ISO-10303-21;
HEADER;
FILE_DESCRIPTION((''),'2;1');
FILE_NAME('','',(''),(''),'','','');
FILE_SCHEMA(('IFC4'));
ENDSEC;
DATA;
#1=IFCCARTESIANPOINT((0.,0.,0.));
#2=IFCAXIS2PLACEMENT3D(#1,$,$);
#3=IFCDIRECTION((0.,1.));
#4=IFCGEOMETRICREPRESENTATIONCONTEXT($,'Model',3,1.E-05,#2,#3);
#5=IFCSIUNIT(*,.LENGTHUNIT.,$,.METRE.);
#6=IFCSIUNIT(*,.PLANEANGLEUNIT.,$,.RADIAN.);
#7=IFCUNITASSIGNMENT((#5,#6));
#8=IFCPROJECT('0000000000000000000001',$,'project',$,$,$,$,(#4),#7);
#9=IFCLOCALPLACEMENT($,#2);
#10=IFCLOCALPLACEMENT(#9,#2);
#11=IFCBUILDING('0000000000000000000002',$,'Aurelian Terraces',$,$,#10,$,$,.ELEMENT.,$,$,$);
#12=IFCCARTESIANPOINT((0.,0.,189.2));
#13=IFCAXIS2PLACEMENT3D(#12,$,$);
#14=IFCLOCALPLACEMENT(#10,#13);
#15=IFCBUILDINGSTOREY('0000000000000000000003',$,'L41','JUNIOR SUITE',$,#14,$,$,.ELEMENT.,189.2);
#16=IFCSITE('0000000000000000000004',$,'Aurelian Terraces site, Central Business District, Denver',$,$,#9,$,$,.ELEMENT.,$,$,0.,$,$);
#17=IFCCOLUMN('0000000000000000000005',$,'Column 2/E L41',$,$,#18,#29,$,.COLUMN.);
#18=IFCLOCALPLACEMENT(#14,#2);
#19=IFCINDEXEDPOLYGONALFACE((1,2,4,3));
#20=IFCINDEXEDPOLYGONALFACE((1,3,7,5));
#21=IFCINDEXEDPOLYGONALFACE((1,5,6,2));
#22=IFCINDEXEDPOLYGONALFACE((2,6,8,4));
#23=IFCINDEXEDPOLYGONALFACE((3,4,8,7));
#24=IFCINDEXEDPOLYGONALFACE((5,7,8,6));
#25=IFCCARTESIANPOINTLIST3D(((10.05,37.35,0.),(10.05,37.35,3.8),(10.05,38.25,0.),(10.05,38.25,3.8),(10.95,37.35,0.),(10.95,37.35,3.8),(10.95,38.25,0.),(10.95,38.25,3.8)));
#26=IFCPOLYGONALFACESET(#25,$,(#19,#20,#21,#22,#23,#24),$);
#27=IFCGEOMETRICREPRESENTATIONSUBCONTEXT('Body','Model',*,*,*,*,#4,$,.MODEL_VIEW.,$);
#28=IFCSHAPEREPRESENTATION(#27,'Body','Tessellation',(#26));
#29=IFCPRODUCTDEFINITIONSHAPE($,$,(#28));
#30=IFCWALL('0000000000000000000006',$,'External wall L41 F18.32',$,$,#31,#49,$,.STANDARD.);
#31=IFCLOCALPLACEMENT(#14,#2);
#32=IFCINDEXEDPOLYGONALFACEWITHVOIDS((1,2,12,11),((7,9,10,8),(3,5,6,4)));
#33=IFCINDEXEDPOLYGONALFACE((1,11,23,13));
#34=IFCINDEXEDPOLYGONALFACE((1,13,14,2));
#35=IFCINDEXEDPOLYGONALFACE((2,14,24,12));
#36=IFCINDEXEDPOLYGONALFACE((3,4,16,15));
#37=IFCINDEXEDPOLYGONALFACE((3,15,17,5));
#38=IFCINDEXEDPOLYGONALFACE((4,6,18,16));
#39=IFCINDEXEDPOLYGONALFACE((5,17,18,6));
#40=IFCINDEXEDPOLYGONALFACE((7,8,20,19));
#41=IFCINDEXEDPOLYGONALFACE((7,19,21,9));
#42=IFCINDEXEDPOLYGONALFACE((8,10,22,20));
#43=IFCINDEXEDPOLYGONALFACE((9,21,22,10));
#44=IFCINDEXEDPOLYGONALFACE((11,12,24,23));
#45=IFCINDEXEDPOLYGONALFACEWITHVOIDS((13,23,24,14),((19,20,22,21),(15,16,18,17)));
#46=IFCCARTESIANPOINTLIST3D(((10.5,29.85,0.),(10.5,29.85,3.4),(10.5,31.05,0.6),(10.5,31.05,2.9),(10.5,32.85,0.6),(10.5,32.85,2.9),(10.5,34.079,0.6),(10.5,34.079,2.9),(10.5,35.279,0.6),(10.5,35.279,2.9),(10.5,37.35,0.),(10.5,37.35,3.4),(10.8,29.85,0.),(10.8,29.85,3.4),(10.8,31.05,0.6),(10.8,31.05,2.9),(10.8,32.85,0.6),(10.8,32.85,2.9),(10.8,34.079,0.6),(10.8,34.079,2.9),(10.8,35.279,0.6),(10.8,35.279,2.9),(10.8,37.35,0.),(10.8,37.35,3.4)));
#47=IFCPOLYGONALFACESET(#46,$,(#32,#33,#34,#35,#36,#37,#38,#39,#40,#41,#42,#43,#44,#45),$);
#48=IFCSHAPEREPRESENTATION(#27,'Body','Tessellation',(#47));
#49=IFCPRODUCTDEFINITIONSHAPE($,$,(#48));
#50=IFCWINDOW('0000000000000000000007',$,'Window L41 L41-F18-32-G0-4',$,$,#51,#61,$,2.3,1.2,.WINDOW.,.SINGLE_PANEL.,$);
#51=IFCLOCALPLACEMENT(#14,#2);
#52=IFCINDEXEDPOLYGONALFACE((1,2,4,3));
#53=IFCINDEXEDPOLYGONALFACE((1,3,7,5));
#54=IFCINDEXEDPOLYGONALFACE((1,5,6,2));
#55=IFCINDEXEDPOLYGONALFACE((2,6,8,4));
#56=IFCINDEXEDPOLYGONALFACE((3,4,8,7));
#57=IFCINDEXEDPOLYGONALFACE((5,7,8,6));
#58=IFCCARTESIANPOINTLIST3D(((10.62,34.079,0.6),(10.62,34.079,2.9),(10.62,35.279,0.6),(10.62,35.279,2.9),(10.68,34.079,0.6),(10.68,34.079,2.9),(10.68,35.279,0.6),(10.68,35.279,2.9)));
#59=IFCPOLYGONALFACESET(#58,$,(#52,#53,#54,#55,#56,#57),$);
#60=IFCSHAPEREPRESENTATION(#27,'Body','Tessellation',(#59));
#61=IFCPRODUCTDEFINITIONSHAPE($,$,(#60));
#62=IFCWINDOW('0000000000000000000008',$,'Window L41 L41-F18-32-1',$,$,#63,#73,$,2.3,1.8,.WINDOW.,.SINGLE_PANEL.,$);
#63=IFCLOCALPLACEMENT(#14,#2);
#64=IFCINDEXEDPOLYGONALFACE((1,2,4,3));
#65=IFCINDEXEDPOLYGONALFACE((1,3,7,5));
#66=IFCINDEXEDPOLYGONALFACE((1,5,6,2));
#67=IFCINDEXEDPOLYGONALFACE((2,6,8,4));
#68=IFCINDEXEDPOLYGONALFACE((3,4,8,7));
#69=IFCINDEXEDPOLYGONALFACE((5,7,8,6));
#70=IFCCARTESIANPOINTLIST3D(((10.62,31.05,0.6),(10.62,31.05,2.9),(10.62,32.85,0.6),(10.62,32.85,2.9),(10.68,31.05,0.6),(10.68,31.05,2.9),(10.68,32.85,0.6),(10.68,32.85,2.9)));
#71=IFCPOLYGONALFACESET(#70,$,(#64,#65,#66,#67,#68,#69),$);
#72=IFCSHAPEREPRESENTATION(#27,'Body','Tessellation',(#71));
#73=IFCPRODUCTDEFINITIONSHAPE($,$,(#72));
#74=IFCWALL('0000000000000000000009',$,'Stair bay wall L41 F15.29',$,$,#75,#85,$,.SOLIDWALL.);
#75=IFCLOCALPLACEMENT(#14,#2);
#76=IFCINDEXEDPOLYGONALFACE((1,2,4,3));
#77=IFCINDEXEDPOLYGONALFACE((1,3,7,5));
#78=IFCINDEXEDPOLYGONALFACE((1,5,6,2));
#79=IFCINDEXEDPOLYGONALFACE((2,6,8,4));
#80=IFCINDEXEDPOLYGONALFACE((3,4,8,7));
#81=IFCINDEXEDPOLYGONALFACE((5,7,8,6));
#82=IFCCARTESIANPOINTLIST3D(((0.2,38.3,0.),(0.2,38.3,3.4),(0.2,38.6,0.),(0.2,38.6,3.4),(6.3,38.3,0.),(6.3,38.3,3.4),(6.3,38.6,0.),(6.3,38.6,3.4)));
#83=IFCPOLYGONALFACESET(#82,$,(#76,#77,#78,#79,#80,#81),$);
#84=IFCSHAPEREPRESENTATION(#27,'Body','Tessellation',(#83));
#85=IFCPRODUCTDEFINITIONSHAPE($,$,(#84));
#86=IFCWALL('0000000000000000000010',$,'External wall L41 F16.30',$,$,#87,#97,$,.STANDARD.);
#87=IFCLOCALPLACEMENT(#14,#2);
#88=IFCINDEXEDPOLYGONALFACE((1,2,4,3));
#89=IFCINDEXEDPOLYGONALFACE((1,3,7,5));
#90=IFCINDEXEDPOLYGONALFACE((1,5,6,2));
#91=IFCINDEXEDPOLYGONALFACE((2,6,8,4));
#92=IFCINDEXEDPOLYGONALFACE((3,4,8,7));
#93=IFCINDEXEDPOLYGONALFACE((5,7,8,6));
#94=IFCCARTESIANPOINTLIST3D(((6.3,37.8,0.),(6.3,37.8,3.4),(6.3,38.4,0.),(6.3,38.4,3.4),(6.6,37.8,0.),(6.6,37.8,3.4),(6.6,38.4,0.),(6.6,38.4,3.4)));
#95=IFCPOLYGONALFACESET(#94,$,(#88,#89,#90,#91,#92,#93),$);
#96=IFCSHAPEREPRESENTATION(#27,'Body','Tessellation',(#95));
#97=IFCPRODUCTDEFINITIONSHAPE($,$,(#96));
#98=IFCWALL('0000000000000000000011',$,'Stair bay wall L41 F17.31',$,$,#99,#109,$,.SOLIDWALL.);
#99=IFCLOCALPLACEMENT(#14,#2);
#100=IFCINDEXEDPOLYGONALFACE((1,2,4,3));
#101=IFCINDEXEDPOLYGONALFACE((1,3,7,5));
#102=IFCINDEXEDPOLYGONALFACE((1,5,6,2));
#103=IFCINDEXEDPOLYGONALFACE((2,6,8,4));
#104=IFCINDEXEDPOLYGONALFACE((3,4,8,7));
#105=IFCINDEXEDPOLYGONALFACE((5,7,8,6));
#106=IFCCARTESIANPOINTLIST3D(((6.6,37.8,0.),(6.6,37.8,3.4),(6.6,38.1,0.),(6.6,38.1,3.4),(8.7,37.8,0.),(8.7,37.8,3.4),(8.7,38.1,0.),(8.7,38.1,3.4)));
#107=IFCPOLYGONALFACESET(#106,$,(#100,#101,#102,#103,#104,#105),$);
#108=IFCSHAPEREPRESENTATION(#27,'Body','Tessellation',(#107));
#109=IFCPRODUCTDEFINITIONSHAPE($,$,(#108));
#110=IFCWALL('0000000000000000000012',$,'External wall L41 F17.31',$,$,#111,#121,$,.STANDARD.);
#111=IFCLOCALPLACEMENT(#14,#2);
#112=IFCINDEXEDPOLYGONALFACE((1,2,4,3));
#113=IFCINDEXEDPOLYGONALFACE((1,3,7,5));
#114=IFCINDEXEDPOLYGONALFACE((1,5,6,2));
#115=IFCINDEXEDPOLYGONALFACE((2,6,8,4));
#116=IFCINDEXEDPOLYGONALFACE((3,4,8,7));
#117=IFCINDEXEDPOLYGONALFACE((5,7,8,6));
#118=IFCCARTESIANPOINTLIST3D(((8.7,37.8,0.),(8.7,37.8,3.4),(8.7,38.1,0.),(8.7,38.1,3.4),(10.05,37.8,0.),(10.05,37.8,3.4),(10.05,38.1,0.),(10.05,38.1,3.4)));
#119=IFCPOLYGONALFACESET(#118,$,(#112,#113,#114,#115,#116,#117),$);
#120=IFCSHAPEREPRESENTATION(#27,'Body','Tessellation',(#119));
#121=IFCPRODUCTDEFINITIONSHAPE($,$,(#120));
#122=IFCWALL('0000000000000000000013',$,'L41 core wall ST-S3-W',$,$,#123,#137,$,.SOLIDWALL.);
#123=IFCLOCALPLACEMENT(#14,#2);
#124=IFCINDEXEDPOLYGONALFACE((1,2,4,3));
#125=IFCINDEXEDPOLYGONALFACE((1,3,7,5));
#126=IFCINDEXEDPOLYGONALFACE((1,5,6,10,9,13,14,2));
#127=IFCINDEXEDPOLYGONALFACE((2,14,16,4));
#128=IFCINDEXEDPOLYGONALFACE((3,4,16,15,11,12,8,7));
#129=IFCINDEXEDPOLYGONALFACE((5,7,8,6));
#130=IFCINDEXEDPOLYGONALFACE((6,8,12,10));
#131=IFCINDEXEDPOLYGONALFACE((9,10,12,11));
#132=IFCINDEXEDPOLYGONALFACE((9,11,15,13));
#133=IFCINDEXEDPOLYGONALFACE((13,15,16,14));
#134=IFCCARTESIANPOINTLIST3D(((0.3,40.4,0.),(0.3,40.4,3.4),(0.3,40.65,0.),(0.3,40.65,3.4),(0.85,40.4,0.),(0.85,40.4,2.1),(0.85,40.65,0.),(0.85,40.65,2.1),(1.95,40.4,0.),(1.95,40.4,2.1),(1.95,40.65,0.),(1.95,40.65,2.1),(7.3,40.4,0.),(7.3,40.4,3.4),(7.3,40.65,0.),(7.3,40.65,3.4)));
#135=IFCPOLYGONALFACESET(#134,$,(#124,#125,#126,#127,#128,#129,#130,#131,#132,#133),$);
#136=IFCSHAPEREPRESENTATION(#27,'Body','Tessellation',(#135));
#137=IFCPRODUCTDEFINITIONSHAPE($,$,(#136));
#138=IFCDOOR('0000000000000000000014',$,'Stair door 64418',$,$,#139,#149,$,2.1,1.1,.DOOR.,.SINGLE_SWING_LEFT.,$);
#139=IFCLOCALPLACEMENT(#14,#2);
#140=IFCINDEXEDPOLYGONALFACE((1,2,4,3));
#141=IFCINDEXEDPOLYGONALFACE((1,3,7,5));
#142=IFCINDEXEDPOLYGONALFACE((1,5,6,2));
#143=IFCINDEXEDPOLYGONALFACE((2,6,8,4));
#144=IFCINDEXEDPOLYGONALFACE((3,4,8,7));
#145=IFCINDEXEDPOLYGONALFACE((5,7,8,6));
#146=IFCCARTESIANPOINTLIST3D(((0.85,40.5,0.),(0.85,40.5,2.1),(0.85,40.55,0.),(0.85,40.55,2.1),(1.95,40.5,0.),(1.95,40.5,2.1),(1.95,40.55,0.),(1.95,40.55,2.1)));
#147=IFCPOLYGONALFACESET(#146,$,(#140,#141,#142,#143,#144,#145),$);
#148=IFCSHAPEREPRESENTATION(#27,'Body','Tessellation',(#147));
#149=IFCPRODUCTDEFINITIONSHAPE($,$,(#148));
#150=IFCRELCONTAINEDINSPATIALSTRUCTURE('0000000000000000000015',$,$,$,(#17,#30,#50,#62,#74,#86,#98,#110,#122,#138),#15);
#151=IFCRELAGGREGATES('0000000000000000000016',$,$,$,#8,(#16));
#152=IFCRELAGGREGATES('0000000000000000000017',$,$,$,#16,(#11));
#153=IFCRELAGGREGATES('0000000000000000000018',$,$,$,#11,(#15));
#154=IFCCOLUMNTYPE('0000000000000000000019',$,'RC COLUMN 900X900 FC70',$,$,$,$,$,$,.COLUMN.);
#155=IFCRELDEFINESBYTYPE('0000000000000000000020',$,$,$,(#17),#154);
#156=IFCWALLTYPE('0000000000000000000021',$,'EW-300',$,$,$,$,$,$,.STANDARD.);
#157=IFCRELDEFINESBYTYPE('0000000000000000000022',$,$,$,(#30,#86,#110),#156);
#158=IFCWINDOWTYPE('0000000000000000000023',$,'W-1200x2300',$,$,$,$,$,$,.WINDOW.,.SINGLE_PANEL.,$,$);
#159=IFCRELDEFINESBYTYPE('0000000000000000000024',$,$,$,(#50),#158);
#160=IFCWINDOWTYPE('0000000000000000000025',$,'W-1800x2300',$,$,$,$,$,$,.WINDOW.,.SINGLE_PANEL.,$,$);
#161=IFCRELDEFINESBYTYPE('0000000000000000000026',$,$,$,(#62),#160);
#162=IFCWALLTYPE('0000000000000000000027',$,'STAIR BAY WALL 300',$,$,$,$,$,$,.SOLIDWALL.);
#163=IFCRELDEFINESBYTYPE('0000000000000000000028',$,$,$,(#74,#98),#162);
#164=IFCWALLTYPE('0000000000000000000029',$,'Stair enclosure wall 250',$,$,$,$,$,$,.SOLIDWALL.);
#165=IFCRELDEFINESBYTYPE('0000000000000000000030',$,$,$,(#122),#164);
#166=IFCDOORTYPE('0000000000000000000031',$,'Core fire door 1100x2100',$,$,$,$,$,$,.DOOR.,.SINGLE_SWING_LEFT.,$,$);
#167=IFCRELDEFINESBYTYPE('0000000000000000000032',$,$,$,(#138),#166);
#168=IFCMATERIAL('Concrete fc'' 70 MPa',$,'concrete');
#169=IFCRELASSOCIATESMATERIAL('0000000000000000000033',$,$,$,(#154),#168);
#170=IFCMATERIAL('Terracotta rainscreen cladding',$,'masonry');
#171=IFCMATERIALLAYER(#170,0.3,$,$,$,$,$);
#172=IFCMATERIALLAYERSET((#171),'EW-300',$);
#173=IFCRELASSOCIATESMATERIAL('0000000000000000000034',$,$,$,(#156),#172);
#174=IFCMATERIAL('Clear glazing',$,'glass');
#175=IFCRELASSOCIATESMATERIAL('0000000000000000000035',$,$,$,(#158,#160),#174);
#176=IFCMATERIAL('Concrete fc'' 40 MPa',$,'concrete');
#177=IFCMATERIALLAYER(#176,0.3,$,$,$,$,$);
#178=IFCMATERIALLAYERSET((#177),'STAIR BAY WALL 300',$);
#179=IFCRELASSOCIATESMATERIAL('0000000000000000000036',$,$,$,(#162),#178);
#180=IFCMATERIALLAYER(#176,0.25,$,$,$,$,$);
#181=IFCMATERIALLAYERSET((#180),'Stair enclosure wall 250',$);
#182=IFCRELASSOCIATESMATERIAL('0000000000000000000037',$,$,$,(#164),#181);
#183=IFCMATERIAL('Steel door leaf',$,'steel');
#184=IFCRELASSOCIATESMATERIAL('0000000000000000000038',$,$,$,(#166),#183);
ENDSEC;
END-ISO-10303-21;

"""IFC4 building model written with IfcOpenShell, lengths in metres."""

from ifc_helpers import new_model, si_unit, direction, frame, frame_2d, origin, origin_2d, place, context, subcontext, project, spatial, rectangle, extrude, source, transform, mapped, material, layer, layer_set, material_profile, profile_set, type_object, element, fill, save


model = new_model("IFC4")

# Units and contexts
model_context = context("Model", 3, precision=1e-05, world=origin(), true_north=direction((0.0, 1.0)))
body_context = subcontext(model_context, "Body", "Model", "MODEL_VIEW")
ifc_project = project(units=[si_unit("LENGTHUNIT", "METRE"), si_unit("PLANEANGLEUNIT", "RADIAN")], contexts=[model_context])

# Site, building, storey
site_placement = place(None, origin())
site = spatial("IfcSite", under=ifc_project, at=site_placement, Name="Aurelian Terraces site, Central Business District, Denver", CompositionType="ELEMENT", RefElevation=0.0)
building_placement = place(site_placement, origin())
building = spatial("IfcBuilding", under=site, at=building_placement, Name="Aurelian Terraces", CompositionType="ELEMENT")
storey_placement = place(building_placement, frame((0.0, 0.0, 189.2)))
storey = spatial("IfcBuildingStorey", under=building, at=storey_placement, Name="L41", Description="JUNIOR SUITE", CompositionType="ELEMENT", Elevation=189.2)

# Column
ifc_material_1 = material(Name="Concrete fc' 70 MPa", Category="concrete")
ifc_material_profile = material_profile(ifc_material_1, rectangle(XDim=0.9, YDim=0.9, at=origin_2d()))
ifc_profile_set = profile_set([ifc_material_profile], Name="Concrete fc' 70 MPa")
column_type = type_object("IfcColumnType", Name="RC COLUMN 900X900 FC70", PredefinedType="COLUMN", material=ifc_profile_set)
shared_shape_1 = source(origin(), body_context, "Body", "SweptSolid", [
    extrude(rectangle(XDim=0.9, YDim=0.9, at=origin_2d()), origin(), (0.0, 0.0, 1.0), 3.8),
])
column_placement = place(storey_placement, frame((10.5, 37.8, 0.0), z_axis=(0.0, 0.0, 1.0), x_axis=(1.0, 0.0, 0.0)))
element("IfcColumn", 1, at=column_placement, inside=storey, type_object=column_type, Name="Column 2/E L41", PredefinedType="COLUMN", context=body_context, shape_type="MappedRepresentation", body=[
    mapped(shared_shape_1, transform((0.0, 0.0, 0.0), scale=1.0)),
])

# Wall, openings, windows
ifc_material_2 = material(Name="Terracotta rainscreen cladding", Category="masonry")
ifc_layer_1 = layer(ifc_material_2, 0.3)
ifc_layer_set_1 = layer_set([ifc_layer_1], Name="EW-300")
wall_type_1 = type_object("IfcWallType", Name="EW-300", PredefinedType="STANDARD", material=ifc_layer_set_1)
shared_shape_2 = source(origin(), body_context, "Body", "SweptSolid", [
    extrude(rectangle(XDim=7.5, YDim=0.3, at=frame_2d((3.75, 0.0))), origin(), (0.0, 0.0, 1.0), 3.4),
])
wall_1_placement = place(storey_placement, frame((10.65, 37.35, 0.0), z_axis=(0.0, 0.0, 1.0), x_axis=(0.0, -1.0, 0.0)))
wall_1 = element("IfcWall", 2, at=wall_1_placement, inside=storey, type_object=wall_type_1, Name="External wall L41 F18.32", PredefinedType="STANDARD", context=body_context, shape_type="MappedRepresentation", body=[
    mapped(shared_shape_2, transform((0.0, 0.0, 0.0), scale=1.0)),
])
shared_shape_3 = source(origin(), body_context, "Body", "SweptSolid", [
    extrude(rectangle(XDim=1.8, YDim=2.3, at=frame_2d((0.9, 1.15))), frame((0.0, 0.16, 0.0), z_axis=(0.0, -1.0, 0.0), x_axis=(1.0, 0.0, 0.0)), (0.0, 0.0, 1.0), 0.32),
])
opening_1_placement = place(wall_1_placement, frame((4.5, 0.0, 0.6)))
opening_1 = element("IfcOpeningElement", 3, at=opening_1_placement, cuts=wall_1, PredefinedType="OPENING", context=body_context, shape_type="MappedRepresentation", body=[
    mapped(shared_shape_3, transform((0.0, 0.0, 0.0), scale=1.0)),
])
shared_shape_4 = source(origin(), body_context, "Body", "SweptSolid", [
    extrude(rectangle(XDim=1.2, YDim=2.3, at=frame_2d((0.6, 1.15))), frame((0.0, 0.16, 0.0), z_axis=(0.0, -1.0, 0.0), x_axis=(1.0, 0.0, 0.0)), (0.0, 0.0, 1.0), 0.32),
])
opening_2_placement = place(wall_1_placement, frame((2.071, 0.0, 0.6)))
opening_2 = element("IfcOpeningElement", 4, at=opening_2_placement, cuts=wall_1, PredefinedType="OPENING", context=body_context, shape_type="MappedRepresentation", body=[
    mapped(shared_shape_4, transform((0.0, 0.0, 0.0), scale=1.0)),
])
ifc_material_3 = material(Name="Clear glazing", Category="glass")
window_type_1 = type_object("IfcWindowType", Name="W-1200x2300", PartitioningType="SINGLE_PANEL", PredefinedType="WINDOW", material=ifc_material_3)
shared_shape_5 = source(origin(), body_context, "Body", "SweptSolid", [
    extrude(rectangle(XDim=1.2, YDim=2.3, at=frame_2d((0.6, 1.15))), frame((0.0, 0.03, 0.0), z_axis=(0.0, -1.0, 0.0), x_axis=(1.0, 0.0, 0.0)), (0.0, 0.0, 1.0), 0.06),
])
window_1_placement = place(opening_2_placement, origin())
window_1 = element("IfcWindow", 5, at=window_1_placement, inside=storey, type_object=window_type_1, Name="Window L41 L41-F18-32-G0-4", OverallHeight=2.3, OverallWidth=1.2, PartitioningType="SINGLE_PANEL", PredefinedType="WINDOW", context=body_context, shape_type="MappedRepresentation", body=[
    mapped(shared_shape_5, transform((0.0, 0.0, 0.0), scale=1.0)),
])
fill(opening_2, window_1)
window_type_2 = type_object("IfcWindowType", Name="W-1800x2300", PartitioningType="SINGLE_PANEL", PredefinedType="WINDOW", material=ifc_material_3)
shared_shape_6 = source(origin(), body_context, "Body", "SweptSolid", [
    extrude(rectangle(XDim=1.8, YDim=2.3, at=frame_2d((0.9, 1.15))), frame((0.0, 0.03, 0.0), z_axis=(0.0, -1.0, 0.0), x_axis=(1.0, 0.0, 0.0)), (0.0, 0.0, 1.0), 0.06),
])
window_2_placement = place(opening_1_placement, origin())
window_2 = element("IfcWindow", 6, at=window_2_placement, inside=storey, type_object=window_type_2, Name="Window L41 L41-F18-32-1", OverallHeight=2.3, OverallWidth=1.8, PartitioningType="SINGLE_PANEL", PredefinedType="WINDOW", context=body_context, shape_type="MappedRepresentation", body=[
    mapped(shared_shape_6, transform((0.0, 0.0, 0.0), scale=1.0)),
])
fill(opening_1, window_2)

# Walls
ifc_material_4 = material(Name="Concrete fc' 40 MPa", Category="concrete")
ifc_layer_2 = layer(ifc_material_4, 0.3)
ifc_layer_set_2 = layer_set([ifc_layer_2], Name="STAIR BAY WALL 300")
wall_type_2 = type_object("IfcWallType", Name="STAIR BAY WALL 300", PredefinedType="SOLIDWALL", material=ifc_layer_set_2)
shared_shape_7 = source(origin(), body_context, "Body", "SweptSolid", [
    extrude(rectangle(XDim=6.1, YDim=0.3, at=frame_2d((3.05, 0.0))), origin(), (0.0, 0.0, 1.0), 3.4),
])
wall_2_placement = place(storey_placement, frame((0.2, 38.45, 0.0), z_axis=(0.0, 0.0, 1.0), x_axis=(1.0, 0.0, 0.0)))
element("IfcWall", 7, at=wall_2_placement, inside=storey, type_object=wall_type_2, Name="Stair bay wall L41 F15.29", PredefinedType="SOLIDWALL", context=body_context, shape_type="MappedRepresentation", body=[
    mapped(shared_shape_7, transform((0.0, 0.0, 0.0), scale=1.0)),
])
shared_shape_8 = source(origin(), body_context, "Body", "SweptSolid", [
    extrude(rectangle(XDim=0.6, YDim=0.3, at=frame_2d((0.3, 0.0))), origin(), (0.0, 0.0, 1.0), 3.4),
])
wall_3_placement = place(storey_placement, frame((6.45, 38.4, 0.0), z_axis=(0.0, 0.0, 1.0), x_axis=(0.0, -1.0, 0.0)))
element("IfcWall", 8, at=wall_3_placement, inside=storey, type_object=wall_type_1, Name="External wall L41 F16.30", PredefinedType="STANDARD", context=body_context, shape_type="MappedRepresentation", body=[
    mapped(shared_shape_8, transform((0.0, 0.0, 0.0), scale=1.0)),
])
shared_shape_9 = source(origin(), body_context, "Body", "SweptSolid", [
    extrude(rectangle(XDim=2.1, YDim=0.3, at=frame_2d((1.05, 0.0))), origin(), (0.0, 0.0, 1.0), 3.4),
])
wall_4_placement = place(storey_placement, frame((6.6, 37.95, 0.0), z_axis=(0.0, 0.0, 1.0), x_axis=(1.0, 0.0, 0.0)))
element("IfcWall", 9, at=wall_4_placement, inside=storey, type_object=wall_type_2, Name="Stair bay wall L41 F17.31", PredefinedType="SOLIDWALL", context=body_context, shape_type="MappedRepresentation", body=[
    mapped(shared_shape_9, transform((0.0, 0.0, 0.0), scale=1.0)),
])
shared_shape_10 = source(origin(), body_context, "Body", "SweptSolid", [
    extrude(rectangle(XDim=1.35, YDim=0.3, at=frame_2d((0.675, 0.0))), origin(), (0.0, 0.0, 1.0), 3.4),
])
wall_5_placement = place(storey_placement, frame((8.7, 37.95, 0.0), z_axis=(0.0, 0.0, 1.0), x_axis=(1.0, 0.0, 0.0)))
element("IfcWall", 10, at=wall_5_placement, inside=storey, type_object=wall_type_1, Name="External wall L41 F17.31", PredefinedType="STANDARD", context=body_context, shape_type="MappedRepresentation", body=[
    mapped(shared_shape_10, transform((0.0, 0.0, 0.0), scale=1.0)),
])

# Wall, opening, door
ifc_layer_3 = layer(ifc_material_4, 0.25)
ifc_layer_set_3 = layer_set([ifc_layer_3], Name="Stair enclosure wall 250")
wall_type_3 = type_object("IfcWallType", Name="Stair enclosure wall 250", PredefinedType="SOLIDWALL", material=ifc_layer_set_3)
shared_shape_11 = source(origin(), body_context, "Body", "SweptSolid", [
    extrude(rectangle(XDim=7.0, YDim=0.25, at=frame_2d((3.5, 0.0))), origin(), (0.0, 0.0, 1.0), 3.4),
])
wall_6_placement = place(storey_placement, frame((0.3, 40.525, 0.0), z_axis=(0.0, 0.0, 1.0), x_axis=(1.0, 0.0, 0.0)))
wall_6 = element("IfcWall", 11, at=wall_6_placement, inside=storey, type_object=wall_type_3, Name="L41 core wall ST-S3-W", PredefinedType="SOLIDWALL", context=body_context, shape_type="MappedRepresentation", body=[
    mapped(shared_shape_11, transform((0.0, 0.0, 0.0), scale=1.0)),
])
shared_shape_12 = source(origin(), body_context, "Body", "SweptSolid", [
    extrude(rectangle(XDim=1.1, YDim=2.1, at=frame_2d((0.55, 1.05))), frame((0.0, 0.135, 0.0), z_axis=(0.0, -1.0, 0.0), x_axis=(1.0, 0.0, 0.0)), (0.0, 0.0, 1.0), 0.27),
])
opening_3_placement = place(wall_6_placement, frame((0.55, 0.0, 0.0)))
opening_3 = element("IfcOpeningElement", 12, at=opening_3_placement, cuts=wall_6, PredefinedType="OPENING", context=body_context, shape_type="MappedRepresentation", body=[
    mapped(shared_shape_12, transform((0.0, 0.0, 0.0), scale=1.0)),
])
ifc_material_5 = material(Name="Steel door leaf", Category="steel")
door_type_1 = type_object("IfcDoorType", Name="Core fire door 1100x2100", OperationType="SINGLE_SWING_LEFT", PredefinedType="DOOR", material=ifc_material_5)
shared_shape_13 = source(origin(), body_context, "Body", "SweptSolid", [
    extrude(rectangle(XDim=1.1, YDim=2.1, at=frame_2d((0.55, 1.05))), frame((0.0, 0.025, 0.0), z_axis=(0.0, -1.0, 0.0), x_axis=(1.0, 0.0, 0.0)), (0.0, 0.0, 1.0), 0.05),
])
door_1_placement = place(opening_3_placement, origin())
door_1 = element("IfcDoor", 13, at=door_1_placement, inside=storey, type_object=door_type_1, Name="Stair door 64418", OperationType="SINGLE_SWING_LEFT", OverallHeight=2.1, OverallWidth=1.1, PredefinedType="DOOR", context=body_context, shape_type="MappedRepresentation", body=[
    mapped(shared_shape_13, transform((0.0, 0.0, 0.0), scale=1.0)),
])
fill(opening_3, door_1)

save(model, "model.ifc")
